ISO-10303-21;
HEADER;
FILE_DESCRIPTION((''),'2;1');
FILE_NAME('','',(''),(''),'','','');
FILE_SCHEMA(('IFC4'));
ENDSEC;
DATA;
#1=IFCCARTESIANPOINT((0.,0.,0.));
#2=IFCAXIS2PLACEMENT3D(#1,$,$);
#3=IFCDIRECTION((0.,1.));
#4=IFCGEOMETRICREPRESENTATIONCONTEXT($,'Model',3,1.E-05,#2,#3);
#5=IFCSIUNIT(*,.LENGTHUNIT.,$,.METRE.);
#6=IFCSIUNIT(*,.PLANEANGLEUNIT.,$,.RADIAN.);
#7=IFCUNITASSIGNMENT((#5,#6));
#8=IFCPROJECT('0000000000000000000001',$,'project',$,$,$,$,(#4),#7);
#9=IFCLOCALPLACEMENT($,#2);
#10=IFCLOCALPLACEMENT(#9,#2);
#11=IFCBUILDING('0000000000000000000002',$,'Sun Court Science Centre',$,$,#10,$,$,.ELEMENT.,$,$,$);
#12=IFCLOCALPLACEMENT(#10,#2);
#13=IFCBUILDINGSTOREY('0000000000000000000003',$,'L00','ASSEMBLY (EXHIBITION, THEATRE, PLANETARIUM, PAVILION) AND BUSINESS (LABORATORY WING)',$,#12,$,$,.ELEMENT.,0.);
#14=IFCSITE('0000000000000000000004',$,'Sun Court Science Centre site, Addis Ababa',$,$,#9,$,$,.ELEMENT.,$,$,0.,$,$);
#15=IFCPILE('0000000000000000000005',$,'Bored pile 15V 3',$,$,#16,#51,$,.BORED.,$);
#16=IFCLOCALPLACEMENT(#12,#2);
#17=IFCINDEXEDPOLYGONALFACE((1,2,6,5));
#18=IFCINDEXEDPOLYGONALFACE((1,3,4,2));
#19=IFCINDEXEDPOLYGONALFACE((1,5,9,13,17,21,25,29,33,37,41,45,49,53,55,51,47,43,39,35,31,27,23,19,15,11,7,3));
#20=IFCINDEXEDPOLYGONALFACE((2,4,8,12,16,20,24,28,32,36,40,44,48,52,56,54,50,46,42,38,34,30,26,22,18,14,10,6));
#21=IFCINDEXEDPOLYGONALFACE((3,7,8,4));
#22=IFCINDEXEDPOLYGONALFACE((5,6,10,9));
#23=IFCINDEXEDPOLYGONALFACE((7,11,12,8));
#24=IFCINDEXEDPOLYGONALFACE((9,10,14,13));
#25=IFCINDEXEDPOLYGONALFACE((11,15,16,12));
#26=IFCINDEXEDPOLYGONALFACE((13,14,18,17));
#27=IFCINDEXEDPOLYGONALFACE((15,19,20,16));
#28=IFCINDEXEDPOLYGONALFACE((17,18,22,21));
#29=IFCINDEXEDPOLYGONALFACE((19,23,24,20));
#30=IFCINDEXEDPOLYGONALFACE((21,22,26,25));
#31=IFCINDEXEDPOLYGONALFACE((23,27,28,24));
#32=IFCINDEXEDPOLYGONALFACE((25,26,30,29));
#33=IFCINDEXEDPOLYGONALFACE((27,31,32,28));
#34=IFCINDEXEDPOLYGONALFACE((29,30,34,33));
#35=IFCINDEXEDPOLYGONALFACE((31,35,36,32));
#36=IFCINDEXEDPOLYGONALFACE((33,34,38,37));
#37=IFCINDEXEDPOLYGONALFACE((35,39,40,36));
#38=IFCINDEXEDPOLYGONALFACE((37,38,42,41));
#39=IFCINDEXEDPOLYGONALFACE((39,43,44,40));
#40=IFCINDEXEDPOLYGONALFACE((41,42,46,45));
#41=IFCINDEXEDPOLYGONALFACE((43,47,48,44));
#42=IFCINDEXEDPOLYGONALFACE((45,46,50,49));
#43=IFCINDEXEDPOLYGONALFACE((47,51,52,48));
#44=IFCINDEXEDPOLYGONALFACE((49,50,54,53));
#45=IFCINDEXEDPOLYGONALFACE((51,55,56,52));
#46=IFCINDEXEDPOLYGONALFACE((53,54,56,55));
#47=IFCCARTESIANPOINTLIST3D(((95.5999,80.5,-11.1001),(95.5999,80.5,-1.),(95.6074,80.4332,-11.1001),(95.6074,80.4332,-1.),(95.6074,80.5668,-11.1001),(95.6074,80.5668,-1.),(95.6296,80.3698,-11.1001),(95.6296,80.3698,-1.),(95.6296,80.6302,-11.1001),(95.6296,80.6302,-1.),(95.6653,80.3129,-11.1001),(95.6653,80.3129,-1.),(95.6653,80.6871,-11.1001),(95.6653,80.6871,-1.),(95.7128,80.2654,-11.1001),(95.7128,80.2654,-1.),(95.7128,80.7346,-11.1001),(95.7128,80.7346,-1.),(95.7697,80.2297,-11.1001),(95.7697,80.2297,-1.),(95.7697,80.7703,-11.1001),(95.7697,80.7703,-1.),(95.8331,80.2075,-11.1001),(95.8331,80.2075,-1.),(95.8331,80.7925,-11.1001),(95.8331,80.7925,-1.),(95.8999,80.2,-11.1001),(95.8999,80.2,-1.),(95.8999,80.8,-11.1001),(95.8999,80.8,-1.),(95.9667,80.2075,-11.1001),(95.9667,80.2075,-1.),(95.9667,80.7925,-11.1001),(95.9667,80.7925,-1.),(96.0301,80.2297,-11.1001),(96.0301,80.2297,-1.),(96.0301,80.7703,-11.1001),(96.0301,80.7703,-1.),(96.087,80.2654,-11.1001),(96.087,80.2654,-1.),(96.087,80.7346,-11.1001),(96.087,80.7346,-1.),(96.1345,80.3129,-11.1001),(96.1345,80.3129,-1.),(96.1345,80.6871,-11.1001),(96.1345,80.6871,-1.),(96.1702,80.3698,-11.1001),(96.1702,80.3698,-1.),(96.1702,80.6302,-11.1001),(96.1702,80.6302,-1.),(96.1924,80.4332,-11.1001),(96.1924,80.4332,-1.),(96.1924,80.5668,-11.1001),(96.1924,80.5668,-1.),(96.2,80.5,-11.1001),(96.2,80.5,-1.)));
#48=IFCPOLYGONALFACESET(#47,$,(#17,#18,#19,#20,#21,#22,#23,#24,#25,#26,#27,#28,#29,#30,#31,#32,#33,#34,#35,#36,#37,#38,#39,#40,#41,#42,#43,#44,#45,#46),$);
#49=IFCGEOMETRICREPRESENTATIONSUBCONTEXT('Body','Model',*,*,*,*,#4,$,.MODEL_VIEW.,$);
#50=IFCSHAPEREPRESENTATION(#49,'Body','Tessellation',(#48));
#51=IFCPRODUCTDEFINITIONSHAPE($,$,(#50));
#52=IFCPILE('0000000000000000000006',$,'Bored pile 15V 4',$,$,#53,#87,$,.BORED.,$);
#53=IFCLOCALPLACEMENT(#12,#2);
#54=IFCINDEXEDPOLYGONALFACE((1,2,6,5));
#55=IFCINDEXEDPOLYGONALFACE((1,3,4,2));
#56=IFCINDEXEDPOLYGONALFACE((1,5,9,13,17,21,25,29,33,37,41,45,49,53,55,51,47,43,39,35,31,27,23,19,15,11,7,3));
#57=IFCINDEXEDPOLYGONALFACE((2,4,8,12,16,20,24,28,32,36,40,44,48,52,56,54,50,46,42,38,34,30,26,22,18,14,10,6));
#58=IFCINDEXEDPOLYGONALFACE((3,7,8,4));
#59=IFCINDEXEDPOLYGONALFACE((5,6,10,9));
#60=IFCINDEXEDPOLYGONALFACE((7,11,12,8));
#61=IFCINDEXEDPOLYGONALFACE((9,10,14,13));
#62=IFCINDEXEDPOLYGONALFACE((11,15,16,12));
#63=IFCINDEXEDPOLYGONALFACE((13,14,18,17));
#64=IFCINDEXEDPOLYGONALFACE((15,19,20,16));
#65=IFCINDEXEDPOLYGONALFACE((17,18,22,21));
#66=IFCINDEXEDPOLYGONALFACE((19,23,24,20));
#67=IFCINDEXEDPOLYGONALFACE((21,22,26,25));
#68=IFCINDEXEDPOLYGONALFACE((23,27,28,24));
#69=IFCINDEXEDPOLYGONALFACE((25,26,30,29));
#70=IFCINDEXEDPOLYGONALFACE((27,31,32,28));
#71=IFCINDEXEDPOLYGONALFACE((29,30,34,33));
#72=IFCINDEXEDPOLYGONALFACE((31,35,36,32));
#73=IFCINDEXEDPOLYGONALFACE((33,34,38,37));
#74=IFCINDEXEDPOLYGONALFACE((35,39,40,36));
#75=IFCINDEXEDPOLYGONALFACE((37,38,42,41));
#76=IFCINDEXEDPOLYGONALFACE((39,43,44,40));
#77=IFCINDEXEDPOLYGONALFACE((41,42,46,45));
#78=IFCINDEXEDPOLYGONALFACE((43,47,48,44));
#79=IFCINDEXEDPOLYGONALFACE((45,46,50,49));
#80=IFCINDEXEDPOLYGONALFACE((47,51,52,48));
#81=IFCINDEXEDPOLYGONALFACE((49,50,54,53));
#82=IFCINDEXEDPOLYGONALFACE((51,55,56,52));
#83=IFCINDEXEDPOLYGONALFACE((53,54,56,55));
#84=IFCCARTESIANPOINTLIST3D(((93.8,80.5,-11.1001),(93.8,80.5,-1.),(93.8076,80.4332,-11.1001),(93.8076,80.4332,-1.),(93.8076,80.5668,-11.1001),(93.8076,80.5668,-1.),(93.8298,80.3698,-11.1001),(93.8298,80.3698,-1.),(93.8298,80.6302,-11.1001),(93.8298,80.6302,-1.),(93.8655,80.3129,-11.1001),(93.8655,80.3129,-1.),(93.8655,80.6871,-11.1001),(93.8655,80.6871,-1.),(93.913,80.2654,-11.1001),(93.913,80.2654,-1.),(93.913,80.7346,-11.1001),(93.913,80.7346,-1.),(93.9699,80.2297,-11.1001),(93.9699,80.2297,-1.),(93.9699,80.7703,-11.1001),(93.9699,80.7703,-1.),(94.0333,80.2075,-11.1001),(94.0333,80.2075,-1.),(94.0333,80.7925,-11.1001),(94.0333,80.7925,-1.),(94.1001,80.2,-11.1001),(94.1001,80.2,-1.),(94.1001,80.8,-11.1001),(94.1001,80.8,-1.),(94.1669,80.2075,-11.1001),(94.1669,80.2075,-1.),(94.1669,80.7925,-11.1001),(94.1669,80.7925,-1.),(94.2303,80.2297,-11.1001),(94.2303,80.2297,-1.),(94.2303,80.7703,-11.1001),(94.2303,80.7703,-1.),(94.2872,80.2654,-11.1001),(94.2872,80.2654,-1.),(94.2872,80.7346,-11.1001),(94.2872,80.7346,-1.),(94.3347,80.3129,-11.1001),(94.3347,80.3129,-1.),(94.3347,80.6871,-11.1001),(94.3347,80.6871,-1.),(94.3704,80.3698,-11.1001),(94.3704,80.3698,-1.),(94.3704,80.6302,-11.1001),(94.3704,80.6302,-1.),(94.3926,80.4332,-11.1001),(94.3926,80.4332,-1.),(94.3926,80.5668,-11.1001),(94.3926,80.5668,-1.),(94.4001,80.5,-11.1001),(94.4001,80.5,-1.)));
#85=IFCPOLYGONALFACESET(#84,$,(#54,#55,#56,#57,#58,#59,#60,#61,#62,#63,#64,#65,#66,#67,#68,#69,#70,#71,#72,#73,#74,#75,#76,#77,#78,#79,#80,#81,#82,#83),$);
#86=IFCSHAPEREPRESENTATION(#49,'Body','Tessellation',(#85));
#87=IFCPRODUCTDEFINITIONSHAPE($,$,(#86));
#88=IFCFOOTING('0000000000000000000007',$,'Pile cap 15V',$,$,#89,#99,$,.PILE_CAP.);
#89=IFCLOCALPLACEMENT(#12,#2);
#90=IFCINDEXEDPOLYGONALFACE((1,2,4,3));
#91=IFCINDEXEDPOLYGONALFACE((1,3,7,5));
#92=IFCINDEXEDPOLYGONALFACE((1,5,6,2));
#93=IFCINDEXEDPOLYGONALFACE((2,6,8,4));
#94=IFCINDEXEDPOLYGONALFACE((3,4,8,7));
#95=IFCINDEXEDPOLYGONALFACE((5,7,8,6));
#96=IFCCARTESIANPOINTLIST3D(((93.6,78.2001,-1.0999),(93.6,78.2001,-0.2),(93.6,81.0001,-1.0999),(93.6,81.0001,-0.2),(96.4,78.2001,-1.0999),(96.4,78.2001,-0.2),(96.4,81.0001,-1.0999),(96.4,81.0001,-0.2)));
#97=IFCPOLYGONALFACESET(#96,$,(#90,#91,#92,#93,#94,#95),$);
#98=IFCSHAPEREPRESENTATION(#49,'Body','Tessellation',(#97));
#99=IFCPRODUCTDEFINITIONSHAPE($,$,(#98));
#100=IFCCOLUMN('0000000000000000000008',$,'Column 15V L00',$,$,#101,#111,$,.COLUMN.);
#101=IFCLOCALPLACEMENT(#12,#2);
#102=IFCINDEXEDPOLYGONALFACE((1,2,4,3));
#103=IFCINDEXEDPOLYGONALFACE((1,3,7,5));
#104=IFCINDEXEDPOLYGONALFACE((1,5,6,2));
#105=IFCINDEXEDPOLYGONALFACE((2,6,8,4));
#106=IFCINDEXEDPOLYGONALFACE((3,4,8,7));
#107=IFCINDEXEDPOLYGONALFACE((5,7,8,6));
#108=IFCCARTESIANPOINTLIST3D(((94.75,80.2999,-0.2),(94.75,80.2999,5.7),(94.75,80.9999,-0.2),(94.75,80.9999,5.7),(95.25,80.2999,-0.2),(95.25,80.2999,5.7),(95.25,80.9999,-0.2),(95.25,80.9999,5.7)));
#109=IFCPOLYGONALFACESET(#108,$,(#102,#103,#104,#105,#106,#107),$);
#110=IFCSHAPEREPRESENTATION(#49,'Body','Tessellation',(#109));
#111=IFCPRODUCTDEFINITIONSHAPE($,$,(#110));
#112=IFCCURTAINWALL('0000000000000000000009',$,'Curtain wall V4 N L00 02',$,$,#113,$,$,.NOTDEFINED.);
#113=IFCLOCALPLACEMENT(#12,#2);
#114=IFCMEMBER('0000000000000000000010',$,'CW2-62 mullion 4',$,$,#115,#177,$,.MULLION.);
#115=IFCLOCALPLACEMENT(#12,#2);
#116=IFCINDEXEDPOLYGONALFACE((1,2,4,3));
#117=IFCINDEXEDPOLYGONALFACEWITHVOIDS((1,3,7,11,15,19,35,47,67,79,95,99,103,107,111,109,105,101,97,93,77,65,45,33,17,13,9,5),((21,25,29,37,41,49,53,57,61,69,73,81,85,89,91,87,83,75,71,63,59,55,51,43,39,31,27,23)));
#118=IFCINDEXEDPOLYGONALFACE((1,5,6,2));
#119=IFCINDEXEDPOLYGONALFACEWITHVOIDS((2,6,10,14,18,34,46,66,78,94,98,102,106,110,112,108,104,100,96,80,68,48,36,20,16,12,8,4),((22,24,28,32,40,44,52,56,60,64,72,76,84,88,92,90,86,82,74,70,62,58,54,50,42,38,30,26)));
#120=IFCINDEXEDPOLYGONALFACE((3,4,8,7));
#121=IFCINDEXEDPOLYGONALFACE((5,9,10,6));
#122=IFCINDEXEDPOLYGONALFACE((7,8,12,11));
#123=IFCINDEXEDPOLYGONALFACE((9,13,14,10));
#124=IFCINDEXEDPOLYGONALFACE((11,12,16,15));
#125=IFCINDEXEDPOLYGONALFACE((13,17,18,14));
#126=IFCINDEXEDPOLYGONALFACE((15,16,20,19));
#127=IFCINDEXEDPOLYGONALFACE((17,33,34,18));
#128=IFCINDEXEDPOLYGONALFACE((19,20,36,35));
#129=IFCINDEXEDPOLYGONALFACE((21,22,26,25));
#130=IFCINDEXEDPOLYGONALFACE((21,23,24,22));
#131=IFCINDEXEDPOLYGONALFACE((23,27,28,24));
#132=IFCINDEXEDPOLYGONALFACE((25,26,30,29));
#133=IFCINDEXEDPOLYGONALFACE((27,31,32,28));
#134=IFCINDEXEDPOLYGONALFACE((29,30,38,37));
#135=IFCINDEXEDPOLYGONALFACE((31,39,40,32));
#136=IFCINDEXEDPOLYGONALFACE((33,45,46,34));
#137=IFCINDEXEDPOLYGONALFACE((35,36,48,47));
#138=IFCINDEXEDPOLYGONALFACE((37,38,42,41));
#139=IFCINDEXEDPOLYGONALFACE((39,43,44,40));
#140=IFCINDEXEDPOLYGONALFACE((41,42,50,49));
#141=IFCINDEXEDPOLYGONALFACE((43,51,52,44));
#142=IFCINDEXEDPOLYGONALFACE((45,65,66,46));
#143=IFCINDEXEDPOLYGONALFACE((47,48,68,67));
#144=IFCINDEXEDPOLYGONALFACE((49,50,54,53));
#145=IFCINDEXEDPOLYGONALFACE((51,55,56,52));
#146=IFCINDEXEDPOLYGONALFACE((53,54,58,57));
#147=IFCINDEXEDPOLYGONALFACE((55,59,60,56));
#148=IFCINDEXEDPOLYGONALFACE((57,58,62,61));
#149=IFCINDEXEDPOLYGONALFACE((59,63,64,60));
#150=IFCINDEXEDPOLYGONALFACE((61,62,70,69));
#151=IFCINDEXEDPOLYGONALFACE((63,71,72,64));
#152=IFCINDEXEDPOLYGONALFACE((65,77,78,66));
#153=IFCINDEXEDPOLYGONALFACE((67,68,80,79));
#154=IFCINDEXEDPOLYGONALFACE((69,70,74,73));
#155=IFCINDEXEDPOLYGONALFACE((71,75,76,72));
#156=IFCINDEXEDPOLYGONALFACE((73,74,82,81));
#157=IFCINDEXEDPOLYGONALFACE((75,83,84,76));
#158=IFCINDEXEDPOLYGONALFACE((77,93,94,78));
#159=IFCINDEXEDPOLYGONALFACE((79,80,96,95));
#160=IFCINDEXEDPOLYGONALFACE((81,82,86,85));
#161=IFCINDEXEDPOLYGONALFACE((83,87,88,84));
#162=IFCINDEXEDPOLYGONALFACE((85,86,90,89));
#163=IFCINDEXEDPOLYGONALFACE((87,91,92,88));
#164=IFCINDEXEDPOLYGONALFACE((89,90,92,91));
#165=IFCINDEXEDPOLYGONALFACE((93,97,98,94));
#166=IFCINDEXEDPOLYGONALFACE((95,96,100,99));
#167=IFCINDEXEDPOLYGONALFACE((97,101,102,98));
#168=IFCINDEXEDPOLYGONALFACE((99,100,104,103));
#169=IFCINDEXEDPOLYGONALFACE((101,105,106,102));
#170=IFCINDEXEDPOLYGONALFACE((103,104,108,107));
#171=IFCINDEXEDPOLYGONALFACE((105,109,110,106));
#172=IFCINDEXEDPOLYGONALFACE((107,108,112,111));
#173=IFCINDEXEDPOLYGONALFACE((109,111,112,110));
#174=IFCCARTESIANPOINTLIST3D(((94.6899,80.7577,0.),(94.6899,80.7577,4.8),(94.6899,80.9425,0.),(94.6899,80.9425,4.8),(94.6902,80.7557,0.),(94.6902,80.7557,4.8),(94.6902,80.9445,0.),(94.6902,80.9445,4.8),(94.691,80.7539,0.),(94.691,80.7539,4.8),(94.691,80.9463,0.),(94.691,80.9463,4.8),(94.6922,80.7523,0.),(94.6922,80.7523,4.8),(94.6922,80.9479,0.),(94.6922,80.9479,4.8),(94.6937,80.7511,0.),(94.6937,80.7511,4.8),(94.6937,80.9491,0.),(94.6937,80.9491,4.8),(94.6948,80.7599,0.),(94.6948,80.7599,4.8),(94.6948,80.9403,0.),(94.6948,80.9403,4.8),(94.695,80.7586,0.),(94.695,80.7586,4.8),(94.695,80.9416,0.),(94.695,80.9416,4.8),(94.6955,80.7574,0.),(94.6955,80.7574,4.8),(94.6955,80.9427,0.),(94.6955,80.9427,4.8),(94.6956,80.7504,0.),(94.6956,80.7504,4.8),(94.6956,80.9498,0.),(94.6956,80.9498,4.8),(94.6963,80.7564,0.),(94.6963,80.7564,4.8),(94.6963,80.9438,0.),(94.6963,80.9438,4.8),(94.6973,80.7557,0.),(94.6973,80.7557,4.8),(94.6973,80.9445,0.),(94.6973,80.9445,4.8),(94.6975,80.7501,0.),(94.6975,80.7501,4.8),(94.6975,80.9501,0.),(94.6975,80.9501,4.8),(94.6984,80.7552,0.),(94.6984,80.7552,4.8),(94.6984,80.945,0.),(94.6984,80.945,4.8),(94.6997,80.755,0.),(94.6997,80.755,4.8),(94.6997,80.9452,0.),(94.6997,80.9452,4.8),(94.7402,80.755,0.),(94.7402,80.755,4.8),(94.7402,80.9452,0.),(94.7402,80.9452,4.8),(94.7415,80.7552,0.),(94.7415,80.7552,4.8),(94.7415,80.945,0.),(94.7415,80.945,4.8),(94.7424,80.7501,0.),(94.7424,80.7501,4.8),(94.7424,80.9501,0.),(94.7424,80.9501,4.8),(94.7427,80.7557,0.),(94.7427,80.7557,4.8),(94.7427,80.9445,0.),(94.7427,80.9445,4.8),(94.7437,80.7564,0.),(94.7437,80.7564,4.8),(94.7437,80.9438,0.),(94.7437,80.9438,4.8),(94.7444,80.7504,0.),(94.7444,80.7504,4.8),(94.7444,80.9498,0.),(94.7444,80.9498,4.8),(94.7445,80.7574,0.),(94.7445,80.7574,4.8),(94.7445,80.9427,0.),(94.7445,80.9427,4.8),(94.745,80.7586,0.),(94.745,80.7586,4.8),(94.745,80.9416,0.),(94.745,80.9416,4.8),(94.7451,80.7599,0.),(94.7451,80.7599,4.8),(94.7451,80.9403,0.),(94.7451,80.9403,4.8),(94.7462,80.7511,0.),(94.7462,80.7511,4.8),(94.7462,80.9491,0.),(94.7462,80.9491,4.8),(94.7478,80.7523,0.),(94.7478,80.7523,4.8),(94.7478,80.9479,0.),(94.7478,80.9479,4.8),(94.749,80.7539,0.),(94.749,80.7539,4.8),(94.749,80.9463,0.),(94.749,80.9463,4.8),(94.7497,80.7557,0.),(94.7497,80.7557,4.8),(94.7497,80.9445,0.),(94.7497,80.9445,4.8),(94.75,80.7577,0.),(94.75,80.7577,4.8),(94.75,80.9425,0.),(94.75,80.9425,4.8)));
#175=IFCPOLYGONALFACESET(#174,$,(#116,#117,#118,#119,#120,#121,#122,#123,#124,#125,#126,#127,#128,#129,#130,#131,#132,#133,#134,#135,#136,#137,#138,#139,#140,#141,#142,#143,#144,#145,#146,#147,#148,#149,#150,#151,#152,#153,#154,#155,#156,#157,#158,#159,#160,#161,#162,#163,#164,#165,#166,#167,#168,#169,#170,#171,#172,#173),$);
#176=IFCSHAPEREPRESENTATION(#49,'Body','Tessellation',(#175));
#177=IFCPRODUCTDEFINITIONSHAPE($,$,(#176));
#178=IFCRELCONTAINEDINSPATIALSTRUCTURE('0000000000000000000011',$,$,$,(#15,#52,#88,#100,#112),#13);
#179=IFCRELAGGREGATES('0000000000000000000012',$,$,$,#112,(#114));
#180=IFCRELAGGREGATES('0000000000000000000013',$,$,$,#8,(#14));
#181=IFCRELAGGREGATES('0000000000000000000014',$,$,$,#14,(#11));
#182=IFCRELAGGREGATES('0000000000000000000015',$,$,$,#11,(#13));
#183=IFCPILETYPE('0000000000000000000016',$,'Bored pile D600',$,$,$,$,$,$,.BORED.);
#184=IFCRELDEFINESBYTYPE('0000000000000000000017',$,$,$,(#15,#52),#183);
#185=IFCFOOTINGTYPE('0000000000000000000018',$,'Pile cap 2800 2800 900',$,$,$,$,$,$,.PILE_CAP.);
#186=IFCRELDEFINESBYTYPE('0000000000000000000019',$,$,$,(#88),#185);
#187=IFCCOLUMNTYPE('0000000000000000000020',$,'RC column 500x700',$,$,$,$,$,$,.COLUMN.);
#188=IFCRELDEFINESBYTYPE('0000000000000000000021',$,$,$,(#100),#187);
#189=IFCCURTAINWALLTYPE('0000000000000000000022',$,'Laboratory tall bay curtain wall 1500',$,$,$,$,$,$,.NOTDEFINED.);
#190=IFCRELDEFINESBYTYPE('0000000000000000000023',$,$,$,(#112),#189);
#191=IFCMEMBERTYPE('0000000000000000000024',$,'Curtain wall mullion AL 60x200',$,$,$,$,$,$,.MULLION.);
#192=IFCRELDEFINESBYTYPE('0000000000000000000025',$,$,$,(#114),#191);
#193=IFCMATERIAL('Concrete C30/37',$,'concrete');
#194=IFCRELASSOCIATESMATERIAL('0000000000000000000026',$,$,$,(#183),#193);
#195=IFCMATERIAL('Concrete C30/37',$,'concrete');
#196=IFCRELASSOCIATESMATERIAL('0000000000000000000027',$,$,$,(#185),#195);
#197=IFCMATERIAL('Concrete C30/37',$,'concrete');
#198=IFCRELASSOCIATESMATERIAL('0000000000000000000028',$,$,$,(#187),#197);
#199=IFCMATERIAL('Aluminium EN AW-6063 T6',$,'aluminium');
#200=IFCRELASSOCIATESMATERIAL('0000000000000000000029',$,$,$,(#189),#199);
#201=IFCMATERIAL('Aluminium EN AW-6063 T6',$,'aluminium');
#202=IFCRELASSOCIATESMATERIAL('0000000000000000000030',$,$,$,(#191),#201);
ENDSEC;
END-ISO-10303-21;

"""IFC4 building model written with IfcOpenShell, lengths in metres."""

from ifc_helpers import new_model, si_unit, direction, frame, origin, origin_2d, place, context, subcontext, project, spatial, rectangle, hollow_rectangle, circle, extrude, material, material_profile, profile_set, type_object, element, aggregate, save


model = new_model("IFC4")

# Units and contexts
model_context = context("Model", 3, precision=1e-05, world=origin(), true_north=direction((0.0, 1.0)))
body_context = subcontext(model_context, "Body", "Model", "MODEL_VIEW")
ifc_project = project(units=[si_unit("LENGTHUNIT", "METRE"), si_unit("PLANEANGLEUNIT", "RADIAN")], contexts=[model_context])

# Site, building, storey
site_placement = place(None, origin())
site = spatial("IfcSite", under=ifc_project, at=site_placement, Name="Sun Court Science Centre site, Addis Ababa", CompositionType="ELEMENT", RefElevation=0.0)
building_placement = place(site_placement, origin())
building = spatial("IfcBuilding", under=site, at=building_placement, Name="Sun Court Science Centre", CompositionType="ELEMENT")
storey_placement = place(building_placement, origin())
storey = spatial("IfcBuildingStorey", under=building, at=storey_placement, Name="L00", Description="ASSEMBLY (EXHIBITION, THEATRE, PLANETARIUM, PAVILION) AND BUSINESS (LABORATORY WING)", CompositionType="ELEMENT", Elevation=0.0)

# Piles
ifc_material_1 = material(Name="Concrete C30/37", Category="concrete")
ifc_material_profile_1 = material_profile(ifc_material_1, circle(Radius=0.3, at=origin_2d()), Name="RC D600")
ifc_profile_set_1 = profile_set([ifc_material_profile_1], Name="Concrete C30/37")
pile_type = type_object("IfcPileType", Name="Bored pile D600", PredefinedType="BORED", material=ifc_profile_set_1)
for number, where, z_axis, x_axis, name in (
    (1, (95.8999, 80.5, -1.0), (0.0, 0.0, -1.0), (1.0, 0.0, 0.0), "Bored pile 15V 3"),
    (2, (94.1001, 80.5, -1.0), (0.0, 0.0, -1.0), (1.0, 0.0, 0.0), "Bored pile 15V 4"),
):
    element("IfcPile", number, at=place(storey_placement, frame(where, z_axis=z_axis, x_axis=x_axis)), inside=storey, type_object=pile_type, Name=name, PredefinedType="BORED", context=body_context, shape_type="SweptSolid", body=[
        extrude(circle(Radius=0.3, at=origin_2d()), origin(), (0.0, 0.0, 1.0), 10.1001),
    ])

# Footing
ifc_material_2 = material(Name="Concrete C30/37", Category="concrete")
footing_type = type_object("IfcFootingType", Name="Pile cap 2800 2800 900", PredefinedType="PILE_CAP", material=ifc_material_2)
footing_placement = place(storey_placement, frame((95.0, 79.6001, -1.0999), z_axis=(0.0, 0.0, 1.0), x_axis=(1.0, 0.0, 0.0)))
element("IfcFooting", 3, at=footing_placement, inside=storey, type_object=footing_type, Name="Pile cap 15V", PredefinedType="PILE_CAP", context=body_context, shape_type="SweptSolid", body=[
    extrude(rectangle(XDim=2.8, YDim=2.8, at=origin_2d()), origin(), (0.0, 0.0, 1.0), 0.8999),
])

# Column
ifc_material_3 = material(Name="Concrete C30/37", Category="concrete")
ifc_material_profile_2 = material_profile(ifc_material_3, rectangle(XDim=0.5, YDim=0.7, at=origin_2d()), Name="RC 500x700")
ifc_profile_set_2 = profile_set([ifc_material_profile_2], Name="Concrete C30/37")
column_type = type_object("IfcColumnType", Name="RC column 500x700", PredefinedType="COLUMN", material=ifc_profile_set_2)
column_placement = place(storey_placement, frame((95.0, 80.6499, -0.2), z_axis=(0.0, 0.0, 1.0), x_axis=(1.0, 0.0, 0.0)))
element("IfcColumn", 4, at=column_placement, inside=storey, type_object=column_type, Name="Column 15V L00", PredefinedType="COLUMN", context=body_context, shape_type="SweptSolid", body=[
    extrude(rectangle(XDim=0.5, YDim=0.7, at=origin_2d()), origin(), (0.0, 0.0, 1.0), 5.8999),
])

# Curtain wall, member
ifc_material_4 = material(Name="Aluminium EN AW-6063 T6", Category="aluminium")
curtain_wall_type = type_object("IfcCurtainWallType", Name="Laboratory tall bay curtain wall 1500", PredefinedType="NOTDEFINED", material=ifc_material_4)
curtain_wall_1_placement = place(storey_placement, origin())
curtain_wall_1 = element("IfcCurtainWall", 5, at=curtain_wall_1_placement, inside=storey, type_object=curtain_wall_type, Name="Curtain wall V4 N L00 02", PredefinedType="NOTDEFINED")
ifc_material_5 = material(Name="Aluminium EN AW-6063 T6", Category="aluminium")
ifc_material_profile_3 = material_profile(ifc_material_5, hollow_rectangle(XDim=0.0601, YDim=0.2, WallThickness=0.0049, InnerFilletRadius=0.0049, OuterFilletRadius=0.0076, at=origin_2d()), Name="AL 60x200x5")
ifc_profile_set_3 = profile_set([ifc_material_profile_3], Name="Aluminium EN AW-6063 T6")
member_type_1 = type_object("IfcMemberType", Name="Curtain wall mullion AL 60x200", PredefinedType="MULLION", material=ifc_profile_set_3)
member_1_placement = place(storey_placement, frame((94.72, 80.8501, 0.0), z_axis=(0.0, 0.0, 1.0), x_axis=(1.0, 0.0, 0.0)))
member_1 = element("IfcMember", 6, at=member_1_placement, type_object=member_type_1, Name="CW2-62 mullion 4", PredefinedType="MULLION", context=body_context, shape_type="SweptSolid", body=[
    extrude(hollow_rectangle(XDim=0.0601, YDim=0.2, WallThickness=0.0049, InnerFilletRadius=0.0049, OuterFilletRadius=0.0076, at=origin_2d()), origin(), (0.0, 0.0, 1.0), 4.8),
])

aggregate(curtain_wall_1, [member_1])

save(model, "model.ifc")
